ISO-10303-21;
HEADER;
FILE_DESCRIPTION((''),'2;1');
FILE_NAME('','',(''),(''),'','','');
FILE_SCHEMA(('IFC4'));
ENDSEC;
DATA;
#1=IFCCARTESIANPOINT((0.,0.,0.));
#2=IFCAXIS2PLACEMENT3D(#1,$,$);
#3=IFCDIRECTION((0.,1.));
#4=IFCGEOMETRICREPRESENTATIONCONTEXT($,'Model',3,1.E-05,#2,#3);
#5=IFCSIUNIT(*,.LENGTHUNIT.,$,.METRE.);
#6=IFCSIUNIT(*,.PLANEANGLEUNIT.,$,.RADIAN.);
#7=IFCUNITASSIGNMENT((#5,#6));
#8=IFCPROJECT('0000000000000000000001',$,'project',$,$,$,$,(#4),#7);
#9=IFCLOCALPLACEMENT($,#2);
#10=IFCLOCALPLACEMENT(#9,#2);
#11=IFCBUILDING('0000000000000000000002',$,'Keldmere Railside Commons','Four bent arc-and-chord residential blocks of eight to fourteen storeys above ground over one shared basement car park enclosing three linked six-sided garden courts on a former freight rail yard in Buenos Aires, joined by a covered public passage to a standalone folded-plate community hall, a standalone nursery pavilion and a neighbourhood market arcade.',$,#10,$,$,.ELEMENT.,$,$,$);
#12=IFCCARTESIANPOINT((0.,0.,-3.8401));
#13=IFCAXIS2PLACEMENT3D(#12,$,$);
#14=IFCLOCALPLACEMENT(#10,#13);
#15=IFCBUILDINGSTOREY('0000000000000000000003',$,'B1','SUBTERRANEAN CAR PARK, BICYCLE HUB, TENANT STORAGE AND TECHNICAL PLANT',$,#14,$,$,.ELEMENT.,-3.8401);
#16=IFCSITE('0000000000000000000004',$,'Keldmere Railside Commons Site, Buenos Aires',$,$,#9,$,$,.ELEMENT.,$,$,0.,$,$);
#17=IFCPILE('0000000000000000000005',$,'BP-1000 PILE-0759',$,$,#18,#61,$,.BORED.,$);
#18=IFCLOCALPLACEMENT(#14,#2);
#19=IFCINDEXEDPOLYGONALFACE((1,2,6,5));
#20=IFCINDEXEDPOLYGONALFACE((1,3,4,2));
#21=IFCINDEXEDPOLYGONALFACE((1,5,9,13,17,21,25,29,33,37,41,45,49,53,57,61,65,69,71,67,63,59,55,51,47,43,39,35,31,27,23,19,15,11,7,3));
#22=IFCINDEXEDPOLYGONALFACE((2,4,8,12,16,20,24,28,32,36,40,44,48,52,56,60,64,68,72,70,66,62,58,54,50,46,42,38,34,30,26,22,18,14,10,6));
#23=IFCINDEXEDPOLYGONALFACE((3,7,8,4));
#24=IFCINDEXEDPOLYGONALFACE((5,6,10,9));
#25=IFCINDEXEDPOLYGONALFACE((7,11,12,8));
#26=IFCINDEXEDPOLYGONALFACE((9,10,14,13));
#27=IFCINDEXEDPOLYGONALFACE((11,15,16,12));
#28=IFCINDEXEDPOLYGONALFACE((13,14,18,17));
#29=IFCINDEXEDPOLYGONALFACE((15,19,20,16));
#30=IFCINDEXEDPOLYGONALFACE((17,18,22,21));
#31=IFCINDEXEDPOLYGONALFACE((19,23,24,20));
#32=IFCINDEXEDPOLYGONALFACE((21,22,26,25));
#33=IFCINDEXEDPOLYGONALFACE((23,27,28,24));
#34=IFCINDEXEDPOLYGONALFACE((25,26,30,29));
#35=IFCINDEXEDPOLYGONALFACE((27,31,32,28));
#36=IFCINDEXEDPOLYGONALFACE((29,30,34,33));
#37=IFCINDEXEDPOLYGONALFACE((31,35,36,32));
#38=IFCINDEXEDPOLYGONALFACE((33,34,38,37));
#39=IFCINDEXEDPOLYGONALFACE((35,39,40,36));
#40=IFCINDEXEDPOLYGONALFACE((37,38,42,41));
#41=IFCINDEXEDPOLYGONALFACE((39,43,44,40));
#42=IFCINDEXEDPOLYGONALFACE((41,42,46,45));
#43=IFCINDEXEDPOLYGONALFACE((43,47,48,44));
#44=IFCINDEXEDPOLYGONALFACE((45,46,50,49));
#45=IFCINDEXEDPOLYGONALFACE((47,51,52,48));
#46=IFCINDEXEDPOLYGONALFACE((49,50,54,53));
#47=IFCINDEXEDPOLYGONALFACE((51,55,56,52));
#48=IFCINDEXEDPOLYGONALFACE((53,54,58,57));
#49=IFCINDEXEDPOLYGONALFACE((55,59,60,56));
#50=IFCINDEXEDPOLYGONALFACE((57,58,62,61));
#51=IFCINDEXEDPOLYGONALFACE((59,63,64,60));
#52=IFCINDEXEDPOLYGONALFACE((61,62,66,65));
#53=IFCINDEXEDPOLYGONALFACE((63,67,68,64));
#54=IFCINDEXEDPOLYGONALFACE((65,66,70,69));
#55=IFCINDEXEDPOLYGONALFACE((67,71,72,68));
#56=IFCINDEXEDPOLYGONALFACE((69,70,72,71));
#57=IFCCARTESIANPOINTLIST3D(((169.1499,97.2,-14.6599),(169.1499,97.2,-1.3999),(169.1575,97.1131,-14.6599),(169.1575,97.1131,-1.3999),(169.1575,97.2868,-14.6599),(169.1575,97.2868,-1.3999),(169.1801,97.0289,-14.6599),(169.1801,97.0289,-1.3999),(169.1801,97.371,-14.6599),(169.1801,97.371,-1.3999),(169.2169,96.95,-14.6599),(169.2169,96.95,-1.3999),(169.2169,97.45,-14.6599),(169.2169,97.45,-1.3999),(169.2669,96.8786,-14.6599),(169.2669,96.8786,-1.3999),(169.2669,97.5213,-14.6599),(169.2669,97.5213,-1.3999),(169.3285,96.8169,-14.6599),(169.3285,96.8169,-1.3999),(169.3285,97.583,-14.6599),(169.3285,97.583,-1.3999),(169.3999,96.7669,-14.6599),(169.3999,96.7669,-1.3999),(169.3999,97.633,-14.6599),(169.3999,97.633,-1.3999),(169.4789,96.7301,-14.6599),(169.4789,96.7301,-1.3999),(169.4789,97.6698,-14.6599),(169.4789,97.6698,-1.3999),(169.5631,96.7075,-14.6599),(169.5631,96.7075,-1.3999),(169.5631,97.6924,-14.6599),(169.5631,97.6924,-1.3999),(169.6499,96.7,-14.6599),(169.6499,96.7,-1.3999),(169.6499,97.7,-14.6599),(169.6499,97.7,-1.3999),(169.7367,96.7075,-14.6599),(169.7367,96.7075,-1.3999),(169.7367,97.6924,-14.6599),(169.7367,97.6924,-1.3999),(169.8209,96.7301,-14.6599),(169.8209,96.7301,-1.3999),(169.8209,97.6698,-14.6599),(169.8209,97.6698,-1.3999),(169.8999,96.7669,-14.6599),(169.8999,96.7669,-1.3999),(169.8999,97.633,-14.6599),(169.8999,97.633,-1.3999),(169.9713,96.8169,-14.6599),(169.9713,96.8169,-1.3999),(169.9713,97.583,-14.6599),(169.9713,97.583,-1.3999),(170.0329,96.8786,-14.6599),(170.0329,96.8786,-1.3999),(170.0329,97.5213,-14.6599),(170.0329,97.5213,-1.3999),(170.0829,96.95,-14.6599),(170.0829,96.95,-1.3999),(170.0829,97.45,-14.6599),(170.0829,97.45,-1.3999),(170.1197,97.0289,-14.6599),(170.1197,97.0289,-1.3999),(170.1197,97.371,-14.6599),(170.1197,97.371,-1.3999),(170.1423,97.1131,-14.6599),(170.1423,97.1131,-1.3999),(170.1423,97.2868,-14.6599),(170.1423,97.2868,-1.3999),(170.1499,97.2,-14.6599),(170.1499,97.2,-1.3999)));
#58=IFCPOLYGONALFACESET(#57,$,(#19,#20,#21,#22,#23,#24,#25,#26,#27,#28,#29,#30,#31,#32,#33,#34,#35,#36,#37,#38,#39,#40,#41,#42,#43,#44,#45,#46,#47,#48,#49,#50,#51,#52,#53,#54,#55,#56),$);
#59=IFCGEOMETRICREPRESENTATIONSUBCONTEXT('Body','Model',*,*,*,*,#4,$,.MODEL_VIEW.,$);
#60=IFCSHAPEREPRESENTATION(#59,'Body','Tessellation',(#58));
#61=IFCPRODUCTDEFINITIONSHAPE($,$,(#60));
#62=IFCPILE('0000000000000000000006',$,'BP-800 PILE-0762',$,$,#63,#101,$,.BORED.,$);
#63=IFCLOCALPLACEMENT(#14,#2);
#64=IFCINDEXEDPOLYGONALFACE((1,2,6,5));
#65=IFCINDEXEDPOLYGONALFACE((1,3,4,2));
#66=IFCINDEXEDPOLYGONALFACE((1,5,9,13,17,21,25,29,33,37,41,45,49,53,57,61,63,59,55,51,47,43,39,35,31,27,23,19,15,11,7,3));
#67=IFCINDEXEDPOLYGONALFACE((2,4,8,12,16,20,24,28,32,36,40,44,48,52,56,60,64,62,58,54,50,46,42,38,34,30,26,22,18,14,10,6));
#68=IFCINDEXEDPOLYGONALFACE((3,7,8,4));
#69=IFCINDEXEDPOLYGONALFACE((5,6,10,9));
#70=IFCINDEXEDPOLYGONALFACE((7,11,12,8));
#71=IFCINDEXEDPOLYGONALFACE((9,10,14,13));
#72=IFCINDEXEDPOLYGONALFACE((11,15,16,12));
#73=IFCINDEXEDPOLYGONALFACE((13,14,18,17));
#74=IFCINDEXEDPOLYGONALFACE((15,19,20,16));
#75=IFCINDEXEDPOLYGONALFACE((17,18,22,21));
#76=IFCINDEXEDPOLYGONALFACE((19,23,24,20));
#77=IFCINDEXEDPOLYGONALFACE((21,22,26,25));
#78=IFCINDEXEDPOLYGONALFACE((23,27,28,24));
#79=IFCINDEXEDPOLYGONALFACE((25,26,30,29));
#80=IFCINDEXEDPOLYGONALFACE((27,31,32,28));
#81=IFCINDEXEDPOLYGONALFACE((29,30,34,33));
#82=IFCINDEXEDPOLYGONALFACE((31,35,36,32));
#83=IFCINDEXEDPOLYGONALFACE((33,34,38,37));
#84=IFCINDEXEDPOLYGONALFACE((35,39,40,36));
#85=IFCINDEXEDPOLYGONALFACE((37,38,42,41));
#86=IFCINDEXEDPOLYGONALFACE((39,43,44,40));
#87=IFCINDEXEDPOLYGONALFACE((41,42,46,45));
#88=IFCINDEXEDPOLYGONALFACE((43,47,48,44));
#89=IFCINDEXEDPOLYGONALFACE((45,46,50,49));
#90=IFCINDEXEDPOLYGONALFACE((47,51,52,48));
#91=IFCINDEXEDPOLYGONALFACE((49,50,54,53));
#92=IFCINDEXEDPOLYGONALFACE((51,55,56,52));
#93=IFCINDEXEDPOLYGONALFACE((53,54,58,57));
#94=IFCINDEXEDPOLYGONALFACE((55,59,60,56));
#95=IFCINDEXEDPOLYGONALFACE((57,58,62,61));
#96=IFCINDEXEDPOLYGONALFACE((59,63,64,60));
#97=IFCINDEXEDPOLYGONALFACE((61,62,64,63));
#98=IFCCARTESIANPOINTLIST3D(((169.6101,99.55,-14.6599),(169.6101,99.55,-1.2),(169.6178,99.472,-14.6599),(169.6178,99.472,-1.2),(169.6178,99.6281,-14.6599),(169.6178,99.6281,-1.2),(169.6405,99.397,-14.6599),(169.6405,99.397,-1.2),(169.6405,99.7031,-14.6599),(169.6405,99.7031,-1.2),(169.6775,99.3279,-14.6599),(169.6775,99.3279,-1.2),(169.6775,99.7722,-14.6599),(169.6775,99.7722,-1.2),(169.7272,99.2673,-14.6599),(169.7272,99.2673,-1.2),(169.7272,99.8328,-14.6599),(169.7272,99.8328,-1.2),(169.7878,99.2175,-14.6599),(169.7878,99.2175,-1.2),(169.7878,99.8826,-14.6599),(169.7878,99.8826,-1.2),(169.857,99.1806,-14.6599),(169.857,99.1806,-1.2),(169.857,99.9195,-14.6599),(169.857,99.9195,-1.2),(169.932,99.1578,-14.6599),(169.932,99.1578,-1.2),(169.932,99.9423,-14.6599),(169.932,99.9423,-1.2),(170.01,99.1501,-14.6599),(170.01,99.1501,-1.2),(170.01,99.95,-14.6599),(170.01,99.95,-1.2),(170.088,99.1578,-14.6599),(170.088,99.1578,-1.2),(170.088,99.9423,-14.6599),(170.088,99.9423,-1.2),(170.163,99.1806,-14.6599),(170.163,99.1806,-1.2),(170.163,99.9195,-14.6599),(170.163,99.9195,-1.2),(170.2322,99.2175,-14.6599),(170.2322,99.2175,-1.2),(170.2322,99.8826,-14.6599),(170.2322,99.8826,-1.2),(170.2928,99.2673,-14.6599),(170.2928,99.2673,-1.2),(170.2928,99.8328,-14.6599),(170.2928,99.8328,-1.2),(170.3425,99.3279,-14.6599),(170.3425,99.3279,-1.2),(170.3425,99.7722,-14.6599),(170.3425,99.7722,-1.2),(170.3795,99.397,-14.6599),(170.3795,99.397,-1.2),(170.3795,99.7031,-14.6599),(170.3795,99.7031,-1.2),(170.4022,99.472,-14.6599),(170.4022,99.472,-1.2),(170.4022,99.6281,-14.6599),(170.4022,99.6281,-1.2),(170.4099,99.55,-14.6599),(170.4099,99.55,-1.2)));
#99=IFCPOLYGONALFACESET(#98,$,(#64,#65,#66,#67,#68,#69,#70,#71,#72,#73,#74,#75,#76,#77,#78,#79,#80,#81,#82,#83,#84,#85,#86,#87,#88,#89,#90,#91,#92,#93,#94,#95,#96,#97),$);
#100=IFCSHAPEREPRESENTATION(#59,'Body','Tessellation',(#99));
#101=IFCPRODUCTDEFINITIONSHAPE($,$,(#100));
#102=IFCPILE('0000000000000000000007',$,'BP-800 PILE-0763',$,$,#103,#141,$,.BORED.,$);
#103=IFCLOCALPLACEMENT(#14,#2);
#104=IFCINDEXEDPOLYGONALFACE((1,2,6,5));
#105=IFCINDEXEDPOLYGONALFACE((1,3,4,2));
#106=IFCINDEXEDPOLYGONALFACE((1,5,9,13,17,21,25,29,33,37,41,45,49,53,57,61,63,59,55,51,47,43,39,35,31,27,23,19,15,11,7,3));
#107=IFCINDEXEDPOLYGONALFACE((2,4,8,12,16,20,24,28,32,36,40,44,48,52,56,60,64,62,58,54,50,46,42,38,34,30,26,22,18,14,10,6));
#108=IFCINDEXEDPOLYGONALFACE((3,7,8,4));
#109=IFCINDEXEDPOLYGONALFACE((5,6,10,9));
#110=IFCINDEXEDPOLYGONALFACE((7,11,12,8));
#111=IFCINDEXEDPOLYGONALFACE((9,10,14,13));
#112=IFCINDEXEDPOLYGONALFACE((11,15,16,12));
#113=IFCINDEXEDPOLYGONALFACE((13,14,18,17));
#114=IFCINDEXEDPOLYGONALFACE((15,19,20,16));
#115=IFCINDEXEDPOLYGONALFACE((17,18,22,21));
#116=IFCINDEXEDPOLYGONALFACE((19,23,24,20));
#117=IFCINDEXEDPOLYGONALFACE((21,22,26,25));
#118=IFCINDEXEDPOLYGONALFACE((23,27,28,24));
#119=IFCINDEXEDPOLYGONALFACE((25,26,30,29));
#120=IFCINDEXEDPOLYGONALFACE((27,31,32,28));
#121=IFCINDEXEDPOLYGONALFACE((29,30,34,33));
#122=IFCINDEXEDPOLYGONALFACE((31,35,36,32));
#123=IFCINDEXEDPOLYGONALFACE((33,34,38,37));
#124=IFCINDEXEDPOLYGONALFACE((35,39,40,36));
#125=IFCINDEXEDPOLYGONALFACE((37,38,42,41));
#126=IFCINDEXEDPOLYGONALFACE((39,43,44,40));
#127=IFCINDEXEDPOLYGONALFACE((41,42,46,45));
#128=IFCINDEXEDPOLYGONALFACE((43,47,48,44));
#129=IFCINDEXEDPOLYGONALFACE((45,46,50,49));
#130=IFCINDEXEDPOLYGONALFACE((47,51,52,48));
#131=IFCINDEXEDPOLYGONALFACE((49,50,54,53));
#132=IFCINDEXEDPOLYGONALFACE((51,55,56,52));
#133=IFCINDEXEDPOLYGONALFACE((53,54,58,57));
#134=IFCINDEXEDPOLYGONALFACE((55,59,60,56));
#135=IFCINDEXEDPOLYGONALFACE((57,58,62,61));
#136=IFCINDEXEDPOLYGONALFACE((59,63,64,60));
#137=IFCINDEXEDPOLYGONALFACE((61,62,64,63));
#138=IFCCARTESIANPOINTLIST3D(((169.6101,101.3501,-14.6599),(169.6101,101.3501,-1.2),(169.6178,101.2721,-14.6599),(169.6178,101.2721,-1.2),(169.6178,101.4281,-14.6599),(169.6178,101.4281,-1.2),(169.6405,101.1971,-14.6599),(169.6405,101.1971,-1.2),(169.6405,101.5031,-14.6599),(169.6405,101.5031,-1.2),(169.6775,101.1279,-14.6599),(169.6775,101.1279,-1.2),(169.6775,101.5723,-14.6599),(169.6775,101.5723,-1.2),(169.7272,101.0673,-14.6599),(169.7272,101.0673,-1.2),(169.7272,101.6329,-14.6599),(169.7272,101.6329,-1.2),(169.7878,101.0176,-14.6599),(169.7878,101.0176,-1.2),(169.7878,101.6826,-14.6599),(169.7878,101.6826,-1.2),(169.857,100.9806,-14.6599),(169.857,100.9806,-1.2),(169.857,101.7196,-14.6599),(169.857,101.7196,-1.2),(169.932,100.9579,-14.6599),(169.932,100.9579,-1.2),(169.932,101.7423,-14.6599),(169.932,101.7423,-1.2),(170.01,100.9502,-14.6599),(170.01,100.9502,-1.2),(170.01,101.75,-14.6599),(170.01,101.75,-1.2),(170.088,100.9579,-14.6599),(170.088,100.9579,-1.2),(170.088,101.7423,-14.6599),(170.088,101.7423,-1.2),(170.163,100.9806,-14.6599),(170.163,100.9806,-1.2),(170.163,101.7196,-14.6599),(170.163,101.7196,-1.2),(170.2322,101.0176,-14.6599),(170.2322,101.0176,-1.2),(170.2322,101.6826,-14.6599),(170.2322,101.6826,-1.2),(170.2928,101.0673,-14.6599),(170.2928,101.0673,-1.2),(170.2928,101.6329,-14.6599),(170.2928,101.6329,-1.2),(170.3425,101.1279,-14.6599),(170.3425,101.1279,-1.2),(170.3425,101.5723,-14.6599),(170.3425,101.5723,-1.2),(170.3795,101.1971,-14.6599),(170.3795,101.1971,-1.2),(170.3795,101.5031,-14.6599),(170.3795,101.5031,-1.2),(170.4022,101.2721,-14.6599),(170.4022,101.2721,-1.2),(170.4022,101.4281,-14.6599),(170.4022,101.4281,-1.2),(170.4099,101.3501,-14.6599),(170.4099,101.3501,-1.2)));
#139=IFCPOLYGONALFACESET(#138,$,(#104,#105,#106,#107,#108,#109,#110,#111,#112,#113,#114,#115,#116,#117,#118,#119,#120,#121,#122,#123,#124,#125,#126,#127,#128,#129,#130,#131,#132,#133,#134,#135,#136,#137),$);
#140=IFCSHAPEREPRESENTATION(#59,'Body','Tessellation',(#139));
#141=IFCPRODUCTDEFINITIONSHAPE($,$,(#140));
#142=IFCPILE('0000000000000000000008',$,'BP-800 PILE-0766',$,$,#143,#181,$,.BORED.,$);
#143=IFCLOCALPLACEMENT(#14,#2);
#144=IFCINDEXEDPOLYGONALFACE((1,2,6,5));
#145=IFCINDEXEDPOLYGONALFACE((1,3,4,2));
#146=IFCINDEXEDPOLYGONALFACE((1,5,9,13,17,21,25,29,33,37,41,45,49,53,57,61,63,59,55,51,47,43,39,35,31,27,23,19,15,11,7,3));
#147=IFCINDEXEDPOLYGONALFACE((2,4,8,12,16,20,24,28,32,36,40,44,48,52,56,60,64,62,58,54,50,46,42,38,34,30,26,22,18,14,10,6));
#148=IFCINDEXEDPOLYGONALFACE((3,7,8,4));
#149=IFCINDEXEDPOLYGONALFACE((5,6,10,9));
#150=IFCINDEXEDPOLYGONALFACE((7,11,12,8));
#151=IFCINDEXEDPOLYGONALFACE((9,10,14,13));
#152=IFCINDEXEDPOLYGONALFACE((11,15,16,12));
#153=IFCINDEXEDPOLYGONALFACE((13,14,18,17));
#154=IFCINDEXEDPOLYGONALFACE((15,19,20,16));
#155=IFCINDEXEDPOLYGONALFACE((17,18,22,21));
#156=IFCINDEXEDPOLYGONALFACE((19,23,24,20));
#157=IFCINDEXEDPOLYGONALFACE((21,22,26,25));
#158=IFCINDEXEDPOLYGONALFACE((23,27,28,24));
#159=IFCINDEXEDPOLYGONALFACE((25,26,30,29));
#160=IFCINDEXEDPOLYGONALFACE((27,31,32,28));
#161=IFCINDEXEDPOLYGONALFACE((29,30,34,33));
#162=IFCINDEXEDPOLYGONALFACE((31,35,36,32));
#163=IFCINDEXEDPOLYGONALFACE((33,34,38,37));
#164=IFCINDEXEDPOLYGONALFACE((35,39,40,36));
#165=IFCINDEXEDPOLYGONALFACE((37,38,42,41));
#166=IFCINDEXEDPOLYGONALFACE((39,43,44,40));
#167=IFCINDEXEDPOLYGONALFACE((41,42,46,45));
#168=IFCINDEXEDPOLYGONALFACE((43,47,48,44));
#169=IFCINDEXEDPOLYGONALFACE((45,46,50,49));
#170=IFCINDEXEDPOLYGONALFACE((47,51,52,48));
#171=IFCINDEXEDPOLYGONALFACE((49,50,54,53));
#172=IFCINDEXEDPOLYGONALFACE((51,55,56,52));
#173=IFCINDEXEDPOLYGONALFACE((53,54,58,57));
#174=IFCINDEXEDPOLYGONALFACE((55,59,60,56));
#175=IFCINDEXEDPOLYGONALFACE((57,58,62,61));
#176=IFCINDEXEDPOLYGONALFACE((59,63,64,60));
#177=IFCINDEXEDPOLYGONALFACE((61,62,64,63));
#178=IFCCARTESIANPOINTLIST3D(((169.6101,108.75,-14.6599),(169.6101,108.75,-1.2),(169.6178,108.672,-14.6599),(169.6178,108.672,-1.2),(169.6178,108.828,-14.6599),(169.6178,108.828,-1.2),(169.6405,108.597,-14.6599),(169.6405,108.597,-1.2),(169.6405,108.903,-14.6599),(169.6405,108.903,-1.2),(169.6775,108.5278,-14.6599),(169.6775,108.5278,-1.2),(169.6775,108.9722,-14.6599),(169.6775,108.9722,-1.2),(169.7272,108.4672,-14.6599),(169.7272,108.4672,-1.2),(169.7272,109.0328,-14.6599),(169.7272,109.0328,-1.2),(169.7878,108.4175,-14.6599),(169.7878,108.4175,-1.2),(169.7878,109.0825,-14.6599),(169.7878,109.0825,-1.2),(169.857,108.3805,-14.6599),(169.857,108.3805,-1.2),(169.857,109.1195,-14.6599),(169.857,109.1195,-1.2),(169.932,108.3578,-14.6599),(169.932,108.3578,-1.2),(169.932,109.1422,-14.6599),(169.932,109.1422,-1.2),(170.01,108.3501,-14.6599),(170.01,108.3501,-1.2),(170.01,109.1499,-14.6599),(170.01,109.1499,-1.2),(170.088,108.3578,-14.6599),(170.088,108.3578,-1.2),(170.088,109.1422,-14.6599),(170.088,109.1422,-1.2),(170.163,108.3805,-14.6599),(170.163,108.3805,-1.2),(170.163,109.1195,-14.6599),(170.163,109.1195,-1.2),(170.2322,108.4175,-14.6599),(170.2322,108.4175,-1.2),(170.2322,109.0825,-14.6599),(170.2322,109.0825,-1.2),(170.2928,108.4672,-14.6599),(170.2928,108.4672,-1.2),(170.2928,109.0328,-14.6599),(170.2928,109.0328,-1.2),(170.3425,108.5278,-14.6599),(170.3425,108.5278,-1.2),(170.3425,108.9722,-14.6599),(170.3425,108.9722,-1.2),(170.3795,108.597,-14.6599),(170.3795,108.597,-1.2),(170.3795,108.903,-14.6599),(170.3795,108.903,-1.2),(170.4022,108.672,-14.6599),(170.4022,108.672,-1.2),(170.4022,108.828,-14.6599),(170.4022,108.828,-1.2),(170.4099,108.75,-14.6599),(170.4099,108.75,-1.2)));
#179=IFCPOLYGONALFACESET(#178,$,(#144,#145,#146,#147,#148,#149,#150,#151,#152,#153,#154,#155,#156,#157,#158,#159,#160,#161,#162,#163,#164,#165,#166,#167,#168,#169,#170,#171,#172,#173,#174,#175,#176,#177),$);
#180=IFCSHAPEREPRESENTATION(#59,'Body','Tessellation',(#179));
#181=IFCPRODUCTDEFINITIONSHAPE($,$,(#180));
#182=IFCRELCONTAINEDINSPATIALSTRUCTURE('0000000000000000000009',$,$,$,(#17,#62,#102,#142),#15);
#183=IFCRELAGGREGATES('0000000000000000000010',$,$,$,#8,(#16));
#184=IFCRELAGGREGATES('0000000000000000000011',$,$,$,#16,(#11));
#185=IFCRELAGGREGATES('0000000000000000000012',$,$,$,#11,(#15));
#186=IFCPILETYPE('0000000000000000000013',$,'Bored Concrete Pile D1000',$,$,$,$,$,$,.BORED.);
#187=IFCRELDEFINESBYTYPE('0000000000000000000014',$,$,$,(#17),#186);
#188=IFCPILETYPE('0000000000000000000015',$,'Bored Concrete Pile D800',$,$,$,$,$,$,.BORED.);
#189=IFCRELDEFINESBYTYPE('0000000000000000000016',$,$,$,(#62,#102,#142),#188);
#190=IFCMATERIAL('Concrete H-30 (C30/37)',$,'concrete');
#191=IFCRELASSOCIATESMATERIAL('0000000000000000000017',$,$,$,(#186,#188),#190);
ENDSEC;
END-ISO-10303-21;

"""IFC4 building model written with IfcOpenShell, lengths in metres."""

from ifc_helpers import new_model, si_unit, direction, frame, origin, origin_2d, place, context, subcontext, project, spatial, circle, extrude, material, material_profile, profile_set, type_object, element, save


model = new_model("IFC4")

# Units and contexts
model_context = context("Model", 3, precision=1e-05, world=origin(), true_north=direction((0.0, 1.0)))
body_context = subcontext(model_context, "Body", "Model", "MODEL_VIEW")
ifc_project = project(units=[si_unit("LENGTHUNIT", "METRE"), si_unit("PLANEANGLEUNIT", "RADIAN")], contexts=[model_context])

# Site, building, storey
site_placement = place(None, origin())
site = spatial("IfcSite", under=ifc_project, at=site_placement, Name="Keldmere Railside Commons Site, Buenos Aires", CompositionType="ELEMENT", RefElevation=0.0)
building_placement = place(site_placement, origin())
building = spatial("IfcBuilding", under=site, at=building_placement, Name="Keldmere Railside Commons", Description="Four bent arc-and-chord residential blocks of eight to fourteen storeys above ground over one shared basement car park enclosing three linked six-sided garden courts on a former freight rail yard in Buenos Aires, joined by a covered public passage to a standalone folded-plate community hall, a standalone nursery pavilion and a neighbourhood market arcade.", CompositionType="ELEMENT")
storey_placement = place(building_placement, frame((0.0, 0.0, -3.8401)))
storey = spatial("IfcBuildingStorey", under=building, at=storey_placement, Name="B1", Description="SUBTERRANEAN CAR PARK, BICYCLE HUB, TENANT STORAGE AND TECHNICAL PLANT", CompositionType="ELEMENT", Elevation=-3.8401)

# Piles
ifc_material_1 = material(Name="Concrete H-30 (C30/37)", Category="concrete")
ifc_material_profile_1 = material_profile(ifc_material_1, circle(Radius=0.5, at=origin_2d()), Name="PILE-D1000")
ifc_profile_set_1 = profile_set([ifc_material_profile_1], Name="Concrete H-30 (C30/37)")
pile_type_1 = type_object("IfcPileType", Name="Bored Concrete Pile D1000", PredefinedType="BORED", material=ifc_profile_set_1)
pile_placement = place(storey_placement, frame((169.6499, 97.2, -1.3999), z_axis=(0.0, 0.0, -1.0), x_axis=(1.0, 0.0, 0.0)))
element("IfcPile", 1, at=pile_placement, inside=storey, type_object=pile_type_1, Name="BP-1000 PILE-0759", PredefinedType="BORED", context=body_context, shape_type="SweptSolid", body=[
    extrude(circle(Radius=0.5, at=origin_2d()), origin(), (0.0, 0.0, 1.0), 13.26),
])
ifc_material_profile_2 = material_profile(ifc_material_1, circle(Radius=0.3999, at=origin_2d()), Name="PILE-D800")
ifc_profile_set_2 = profile_set([ifc_material_profile_2], Name="Concrete H-30 (C30/37)")
pile_type_2 = type_object("IfcPileType", Name="Bored Concrete Pile D800", PredefinedType="BORED", material=ifc_profile_set_2)
for number, where, z_axis, x_axis, name in (
    (2, (170.01, 99.55, -1.2), (0.0, 0.0, -1.0), (1.0, 0.0, 0.0), "BP-800 PILE-0762"),
    (3, (170.01, 101.3501, -1.2), (0.0, 0.0, -1.0), (1.0, 0.0, 0.0), "BP-800 PILE-0763"),
    (4, (170.01, 108.75, -1.2), (0.0, 0.0, -1.0), (1.0, 0.0, 0.0), "BP-800 PILE-0766"),
):
    element("IfcPile", number, at=place(storey_placement, frame(where, z_axis=z_axis, x_axis=x_axis)), inside=storey, type_object=pile_type_2, Name=name, PredefinedType="BORED", context=body_context, shape_type="SweptSolid", body=[
        extrude(circle(Radius=0.3999, at=origin_2d()), origin(), (0.0, 0.0, 1.0), 13.46),
    ])

save(model, "model.ifc")
